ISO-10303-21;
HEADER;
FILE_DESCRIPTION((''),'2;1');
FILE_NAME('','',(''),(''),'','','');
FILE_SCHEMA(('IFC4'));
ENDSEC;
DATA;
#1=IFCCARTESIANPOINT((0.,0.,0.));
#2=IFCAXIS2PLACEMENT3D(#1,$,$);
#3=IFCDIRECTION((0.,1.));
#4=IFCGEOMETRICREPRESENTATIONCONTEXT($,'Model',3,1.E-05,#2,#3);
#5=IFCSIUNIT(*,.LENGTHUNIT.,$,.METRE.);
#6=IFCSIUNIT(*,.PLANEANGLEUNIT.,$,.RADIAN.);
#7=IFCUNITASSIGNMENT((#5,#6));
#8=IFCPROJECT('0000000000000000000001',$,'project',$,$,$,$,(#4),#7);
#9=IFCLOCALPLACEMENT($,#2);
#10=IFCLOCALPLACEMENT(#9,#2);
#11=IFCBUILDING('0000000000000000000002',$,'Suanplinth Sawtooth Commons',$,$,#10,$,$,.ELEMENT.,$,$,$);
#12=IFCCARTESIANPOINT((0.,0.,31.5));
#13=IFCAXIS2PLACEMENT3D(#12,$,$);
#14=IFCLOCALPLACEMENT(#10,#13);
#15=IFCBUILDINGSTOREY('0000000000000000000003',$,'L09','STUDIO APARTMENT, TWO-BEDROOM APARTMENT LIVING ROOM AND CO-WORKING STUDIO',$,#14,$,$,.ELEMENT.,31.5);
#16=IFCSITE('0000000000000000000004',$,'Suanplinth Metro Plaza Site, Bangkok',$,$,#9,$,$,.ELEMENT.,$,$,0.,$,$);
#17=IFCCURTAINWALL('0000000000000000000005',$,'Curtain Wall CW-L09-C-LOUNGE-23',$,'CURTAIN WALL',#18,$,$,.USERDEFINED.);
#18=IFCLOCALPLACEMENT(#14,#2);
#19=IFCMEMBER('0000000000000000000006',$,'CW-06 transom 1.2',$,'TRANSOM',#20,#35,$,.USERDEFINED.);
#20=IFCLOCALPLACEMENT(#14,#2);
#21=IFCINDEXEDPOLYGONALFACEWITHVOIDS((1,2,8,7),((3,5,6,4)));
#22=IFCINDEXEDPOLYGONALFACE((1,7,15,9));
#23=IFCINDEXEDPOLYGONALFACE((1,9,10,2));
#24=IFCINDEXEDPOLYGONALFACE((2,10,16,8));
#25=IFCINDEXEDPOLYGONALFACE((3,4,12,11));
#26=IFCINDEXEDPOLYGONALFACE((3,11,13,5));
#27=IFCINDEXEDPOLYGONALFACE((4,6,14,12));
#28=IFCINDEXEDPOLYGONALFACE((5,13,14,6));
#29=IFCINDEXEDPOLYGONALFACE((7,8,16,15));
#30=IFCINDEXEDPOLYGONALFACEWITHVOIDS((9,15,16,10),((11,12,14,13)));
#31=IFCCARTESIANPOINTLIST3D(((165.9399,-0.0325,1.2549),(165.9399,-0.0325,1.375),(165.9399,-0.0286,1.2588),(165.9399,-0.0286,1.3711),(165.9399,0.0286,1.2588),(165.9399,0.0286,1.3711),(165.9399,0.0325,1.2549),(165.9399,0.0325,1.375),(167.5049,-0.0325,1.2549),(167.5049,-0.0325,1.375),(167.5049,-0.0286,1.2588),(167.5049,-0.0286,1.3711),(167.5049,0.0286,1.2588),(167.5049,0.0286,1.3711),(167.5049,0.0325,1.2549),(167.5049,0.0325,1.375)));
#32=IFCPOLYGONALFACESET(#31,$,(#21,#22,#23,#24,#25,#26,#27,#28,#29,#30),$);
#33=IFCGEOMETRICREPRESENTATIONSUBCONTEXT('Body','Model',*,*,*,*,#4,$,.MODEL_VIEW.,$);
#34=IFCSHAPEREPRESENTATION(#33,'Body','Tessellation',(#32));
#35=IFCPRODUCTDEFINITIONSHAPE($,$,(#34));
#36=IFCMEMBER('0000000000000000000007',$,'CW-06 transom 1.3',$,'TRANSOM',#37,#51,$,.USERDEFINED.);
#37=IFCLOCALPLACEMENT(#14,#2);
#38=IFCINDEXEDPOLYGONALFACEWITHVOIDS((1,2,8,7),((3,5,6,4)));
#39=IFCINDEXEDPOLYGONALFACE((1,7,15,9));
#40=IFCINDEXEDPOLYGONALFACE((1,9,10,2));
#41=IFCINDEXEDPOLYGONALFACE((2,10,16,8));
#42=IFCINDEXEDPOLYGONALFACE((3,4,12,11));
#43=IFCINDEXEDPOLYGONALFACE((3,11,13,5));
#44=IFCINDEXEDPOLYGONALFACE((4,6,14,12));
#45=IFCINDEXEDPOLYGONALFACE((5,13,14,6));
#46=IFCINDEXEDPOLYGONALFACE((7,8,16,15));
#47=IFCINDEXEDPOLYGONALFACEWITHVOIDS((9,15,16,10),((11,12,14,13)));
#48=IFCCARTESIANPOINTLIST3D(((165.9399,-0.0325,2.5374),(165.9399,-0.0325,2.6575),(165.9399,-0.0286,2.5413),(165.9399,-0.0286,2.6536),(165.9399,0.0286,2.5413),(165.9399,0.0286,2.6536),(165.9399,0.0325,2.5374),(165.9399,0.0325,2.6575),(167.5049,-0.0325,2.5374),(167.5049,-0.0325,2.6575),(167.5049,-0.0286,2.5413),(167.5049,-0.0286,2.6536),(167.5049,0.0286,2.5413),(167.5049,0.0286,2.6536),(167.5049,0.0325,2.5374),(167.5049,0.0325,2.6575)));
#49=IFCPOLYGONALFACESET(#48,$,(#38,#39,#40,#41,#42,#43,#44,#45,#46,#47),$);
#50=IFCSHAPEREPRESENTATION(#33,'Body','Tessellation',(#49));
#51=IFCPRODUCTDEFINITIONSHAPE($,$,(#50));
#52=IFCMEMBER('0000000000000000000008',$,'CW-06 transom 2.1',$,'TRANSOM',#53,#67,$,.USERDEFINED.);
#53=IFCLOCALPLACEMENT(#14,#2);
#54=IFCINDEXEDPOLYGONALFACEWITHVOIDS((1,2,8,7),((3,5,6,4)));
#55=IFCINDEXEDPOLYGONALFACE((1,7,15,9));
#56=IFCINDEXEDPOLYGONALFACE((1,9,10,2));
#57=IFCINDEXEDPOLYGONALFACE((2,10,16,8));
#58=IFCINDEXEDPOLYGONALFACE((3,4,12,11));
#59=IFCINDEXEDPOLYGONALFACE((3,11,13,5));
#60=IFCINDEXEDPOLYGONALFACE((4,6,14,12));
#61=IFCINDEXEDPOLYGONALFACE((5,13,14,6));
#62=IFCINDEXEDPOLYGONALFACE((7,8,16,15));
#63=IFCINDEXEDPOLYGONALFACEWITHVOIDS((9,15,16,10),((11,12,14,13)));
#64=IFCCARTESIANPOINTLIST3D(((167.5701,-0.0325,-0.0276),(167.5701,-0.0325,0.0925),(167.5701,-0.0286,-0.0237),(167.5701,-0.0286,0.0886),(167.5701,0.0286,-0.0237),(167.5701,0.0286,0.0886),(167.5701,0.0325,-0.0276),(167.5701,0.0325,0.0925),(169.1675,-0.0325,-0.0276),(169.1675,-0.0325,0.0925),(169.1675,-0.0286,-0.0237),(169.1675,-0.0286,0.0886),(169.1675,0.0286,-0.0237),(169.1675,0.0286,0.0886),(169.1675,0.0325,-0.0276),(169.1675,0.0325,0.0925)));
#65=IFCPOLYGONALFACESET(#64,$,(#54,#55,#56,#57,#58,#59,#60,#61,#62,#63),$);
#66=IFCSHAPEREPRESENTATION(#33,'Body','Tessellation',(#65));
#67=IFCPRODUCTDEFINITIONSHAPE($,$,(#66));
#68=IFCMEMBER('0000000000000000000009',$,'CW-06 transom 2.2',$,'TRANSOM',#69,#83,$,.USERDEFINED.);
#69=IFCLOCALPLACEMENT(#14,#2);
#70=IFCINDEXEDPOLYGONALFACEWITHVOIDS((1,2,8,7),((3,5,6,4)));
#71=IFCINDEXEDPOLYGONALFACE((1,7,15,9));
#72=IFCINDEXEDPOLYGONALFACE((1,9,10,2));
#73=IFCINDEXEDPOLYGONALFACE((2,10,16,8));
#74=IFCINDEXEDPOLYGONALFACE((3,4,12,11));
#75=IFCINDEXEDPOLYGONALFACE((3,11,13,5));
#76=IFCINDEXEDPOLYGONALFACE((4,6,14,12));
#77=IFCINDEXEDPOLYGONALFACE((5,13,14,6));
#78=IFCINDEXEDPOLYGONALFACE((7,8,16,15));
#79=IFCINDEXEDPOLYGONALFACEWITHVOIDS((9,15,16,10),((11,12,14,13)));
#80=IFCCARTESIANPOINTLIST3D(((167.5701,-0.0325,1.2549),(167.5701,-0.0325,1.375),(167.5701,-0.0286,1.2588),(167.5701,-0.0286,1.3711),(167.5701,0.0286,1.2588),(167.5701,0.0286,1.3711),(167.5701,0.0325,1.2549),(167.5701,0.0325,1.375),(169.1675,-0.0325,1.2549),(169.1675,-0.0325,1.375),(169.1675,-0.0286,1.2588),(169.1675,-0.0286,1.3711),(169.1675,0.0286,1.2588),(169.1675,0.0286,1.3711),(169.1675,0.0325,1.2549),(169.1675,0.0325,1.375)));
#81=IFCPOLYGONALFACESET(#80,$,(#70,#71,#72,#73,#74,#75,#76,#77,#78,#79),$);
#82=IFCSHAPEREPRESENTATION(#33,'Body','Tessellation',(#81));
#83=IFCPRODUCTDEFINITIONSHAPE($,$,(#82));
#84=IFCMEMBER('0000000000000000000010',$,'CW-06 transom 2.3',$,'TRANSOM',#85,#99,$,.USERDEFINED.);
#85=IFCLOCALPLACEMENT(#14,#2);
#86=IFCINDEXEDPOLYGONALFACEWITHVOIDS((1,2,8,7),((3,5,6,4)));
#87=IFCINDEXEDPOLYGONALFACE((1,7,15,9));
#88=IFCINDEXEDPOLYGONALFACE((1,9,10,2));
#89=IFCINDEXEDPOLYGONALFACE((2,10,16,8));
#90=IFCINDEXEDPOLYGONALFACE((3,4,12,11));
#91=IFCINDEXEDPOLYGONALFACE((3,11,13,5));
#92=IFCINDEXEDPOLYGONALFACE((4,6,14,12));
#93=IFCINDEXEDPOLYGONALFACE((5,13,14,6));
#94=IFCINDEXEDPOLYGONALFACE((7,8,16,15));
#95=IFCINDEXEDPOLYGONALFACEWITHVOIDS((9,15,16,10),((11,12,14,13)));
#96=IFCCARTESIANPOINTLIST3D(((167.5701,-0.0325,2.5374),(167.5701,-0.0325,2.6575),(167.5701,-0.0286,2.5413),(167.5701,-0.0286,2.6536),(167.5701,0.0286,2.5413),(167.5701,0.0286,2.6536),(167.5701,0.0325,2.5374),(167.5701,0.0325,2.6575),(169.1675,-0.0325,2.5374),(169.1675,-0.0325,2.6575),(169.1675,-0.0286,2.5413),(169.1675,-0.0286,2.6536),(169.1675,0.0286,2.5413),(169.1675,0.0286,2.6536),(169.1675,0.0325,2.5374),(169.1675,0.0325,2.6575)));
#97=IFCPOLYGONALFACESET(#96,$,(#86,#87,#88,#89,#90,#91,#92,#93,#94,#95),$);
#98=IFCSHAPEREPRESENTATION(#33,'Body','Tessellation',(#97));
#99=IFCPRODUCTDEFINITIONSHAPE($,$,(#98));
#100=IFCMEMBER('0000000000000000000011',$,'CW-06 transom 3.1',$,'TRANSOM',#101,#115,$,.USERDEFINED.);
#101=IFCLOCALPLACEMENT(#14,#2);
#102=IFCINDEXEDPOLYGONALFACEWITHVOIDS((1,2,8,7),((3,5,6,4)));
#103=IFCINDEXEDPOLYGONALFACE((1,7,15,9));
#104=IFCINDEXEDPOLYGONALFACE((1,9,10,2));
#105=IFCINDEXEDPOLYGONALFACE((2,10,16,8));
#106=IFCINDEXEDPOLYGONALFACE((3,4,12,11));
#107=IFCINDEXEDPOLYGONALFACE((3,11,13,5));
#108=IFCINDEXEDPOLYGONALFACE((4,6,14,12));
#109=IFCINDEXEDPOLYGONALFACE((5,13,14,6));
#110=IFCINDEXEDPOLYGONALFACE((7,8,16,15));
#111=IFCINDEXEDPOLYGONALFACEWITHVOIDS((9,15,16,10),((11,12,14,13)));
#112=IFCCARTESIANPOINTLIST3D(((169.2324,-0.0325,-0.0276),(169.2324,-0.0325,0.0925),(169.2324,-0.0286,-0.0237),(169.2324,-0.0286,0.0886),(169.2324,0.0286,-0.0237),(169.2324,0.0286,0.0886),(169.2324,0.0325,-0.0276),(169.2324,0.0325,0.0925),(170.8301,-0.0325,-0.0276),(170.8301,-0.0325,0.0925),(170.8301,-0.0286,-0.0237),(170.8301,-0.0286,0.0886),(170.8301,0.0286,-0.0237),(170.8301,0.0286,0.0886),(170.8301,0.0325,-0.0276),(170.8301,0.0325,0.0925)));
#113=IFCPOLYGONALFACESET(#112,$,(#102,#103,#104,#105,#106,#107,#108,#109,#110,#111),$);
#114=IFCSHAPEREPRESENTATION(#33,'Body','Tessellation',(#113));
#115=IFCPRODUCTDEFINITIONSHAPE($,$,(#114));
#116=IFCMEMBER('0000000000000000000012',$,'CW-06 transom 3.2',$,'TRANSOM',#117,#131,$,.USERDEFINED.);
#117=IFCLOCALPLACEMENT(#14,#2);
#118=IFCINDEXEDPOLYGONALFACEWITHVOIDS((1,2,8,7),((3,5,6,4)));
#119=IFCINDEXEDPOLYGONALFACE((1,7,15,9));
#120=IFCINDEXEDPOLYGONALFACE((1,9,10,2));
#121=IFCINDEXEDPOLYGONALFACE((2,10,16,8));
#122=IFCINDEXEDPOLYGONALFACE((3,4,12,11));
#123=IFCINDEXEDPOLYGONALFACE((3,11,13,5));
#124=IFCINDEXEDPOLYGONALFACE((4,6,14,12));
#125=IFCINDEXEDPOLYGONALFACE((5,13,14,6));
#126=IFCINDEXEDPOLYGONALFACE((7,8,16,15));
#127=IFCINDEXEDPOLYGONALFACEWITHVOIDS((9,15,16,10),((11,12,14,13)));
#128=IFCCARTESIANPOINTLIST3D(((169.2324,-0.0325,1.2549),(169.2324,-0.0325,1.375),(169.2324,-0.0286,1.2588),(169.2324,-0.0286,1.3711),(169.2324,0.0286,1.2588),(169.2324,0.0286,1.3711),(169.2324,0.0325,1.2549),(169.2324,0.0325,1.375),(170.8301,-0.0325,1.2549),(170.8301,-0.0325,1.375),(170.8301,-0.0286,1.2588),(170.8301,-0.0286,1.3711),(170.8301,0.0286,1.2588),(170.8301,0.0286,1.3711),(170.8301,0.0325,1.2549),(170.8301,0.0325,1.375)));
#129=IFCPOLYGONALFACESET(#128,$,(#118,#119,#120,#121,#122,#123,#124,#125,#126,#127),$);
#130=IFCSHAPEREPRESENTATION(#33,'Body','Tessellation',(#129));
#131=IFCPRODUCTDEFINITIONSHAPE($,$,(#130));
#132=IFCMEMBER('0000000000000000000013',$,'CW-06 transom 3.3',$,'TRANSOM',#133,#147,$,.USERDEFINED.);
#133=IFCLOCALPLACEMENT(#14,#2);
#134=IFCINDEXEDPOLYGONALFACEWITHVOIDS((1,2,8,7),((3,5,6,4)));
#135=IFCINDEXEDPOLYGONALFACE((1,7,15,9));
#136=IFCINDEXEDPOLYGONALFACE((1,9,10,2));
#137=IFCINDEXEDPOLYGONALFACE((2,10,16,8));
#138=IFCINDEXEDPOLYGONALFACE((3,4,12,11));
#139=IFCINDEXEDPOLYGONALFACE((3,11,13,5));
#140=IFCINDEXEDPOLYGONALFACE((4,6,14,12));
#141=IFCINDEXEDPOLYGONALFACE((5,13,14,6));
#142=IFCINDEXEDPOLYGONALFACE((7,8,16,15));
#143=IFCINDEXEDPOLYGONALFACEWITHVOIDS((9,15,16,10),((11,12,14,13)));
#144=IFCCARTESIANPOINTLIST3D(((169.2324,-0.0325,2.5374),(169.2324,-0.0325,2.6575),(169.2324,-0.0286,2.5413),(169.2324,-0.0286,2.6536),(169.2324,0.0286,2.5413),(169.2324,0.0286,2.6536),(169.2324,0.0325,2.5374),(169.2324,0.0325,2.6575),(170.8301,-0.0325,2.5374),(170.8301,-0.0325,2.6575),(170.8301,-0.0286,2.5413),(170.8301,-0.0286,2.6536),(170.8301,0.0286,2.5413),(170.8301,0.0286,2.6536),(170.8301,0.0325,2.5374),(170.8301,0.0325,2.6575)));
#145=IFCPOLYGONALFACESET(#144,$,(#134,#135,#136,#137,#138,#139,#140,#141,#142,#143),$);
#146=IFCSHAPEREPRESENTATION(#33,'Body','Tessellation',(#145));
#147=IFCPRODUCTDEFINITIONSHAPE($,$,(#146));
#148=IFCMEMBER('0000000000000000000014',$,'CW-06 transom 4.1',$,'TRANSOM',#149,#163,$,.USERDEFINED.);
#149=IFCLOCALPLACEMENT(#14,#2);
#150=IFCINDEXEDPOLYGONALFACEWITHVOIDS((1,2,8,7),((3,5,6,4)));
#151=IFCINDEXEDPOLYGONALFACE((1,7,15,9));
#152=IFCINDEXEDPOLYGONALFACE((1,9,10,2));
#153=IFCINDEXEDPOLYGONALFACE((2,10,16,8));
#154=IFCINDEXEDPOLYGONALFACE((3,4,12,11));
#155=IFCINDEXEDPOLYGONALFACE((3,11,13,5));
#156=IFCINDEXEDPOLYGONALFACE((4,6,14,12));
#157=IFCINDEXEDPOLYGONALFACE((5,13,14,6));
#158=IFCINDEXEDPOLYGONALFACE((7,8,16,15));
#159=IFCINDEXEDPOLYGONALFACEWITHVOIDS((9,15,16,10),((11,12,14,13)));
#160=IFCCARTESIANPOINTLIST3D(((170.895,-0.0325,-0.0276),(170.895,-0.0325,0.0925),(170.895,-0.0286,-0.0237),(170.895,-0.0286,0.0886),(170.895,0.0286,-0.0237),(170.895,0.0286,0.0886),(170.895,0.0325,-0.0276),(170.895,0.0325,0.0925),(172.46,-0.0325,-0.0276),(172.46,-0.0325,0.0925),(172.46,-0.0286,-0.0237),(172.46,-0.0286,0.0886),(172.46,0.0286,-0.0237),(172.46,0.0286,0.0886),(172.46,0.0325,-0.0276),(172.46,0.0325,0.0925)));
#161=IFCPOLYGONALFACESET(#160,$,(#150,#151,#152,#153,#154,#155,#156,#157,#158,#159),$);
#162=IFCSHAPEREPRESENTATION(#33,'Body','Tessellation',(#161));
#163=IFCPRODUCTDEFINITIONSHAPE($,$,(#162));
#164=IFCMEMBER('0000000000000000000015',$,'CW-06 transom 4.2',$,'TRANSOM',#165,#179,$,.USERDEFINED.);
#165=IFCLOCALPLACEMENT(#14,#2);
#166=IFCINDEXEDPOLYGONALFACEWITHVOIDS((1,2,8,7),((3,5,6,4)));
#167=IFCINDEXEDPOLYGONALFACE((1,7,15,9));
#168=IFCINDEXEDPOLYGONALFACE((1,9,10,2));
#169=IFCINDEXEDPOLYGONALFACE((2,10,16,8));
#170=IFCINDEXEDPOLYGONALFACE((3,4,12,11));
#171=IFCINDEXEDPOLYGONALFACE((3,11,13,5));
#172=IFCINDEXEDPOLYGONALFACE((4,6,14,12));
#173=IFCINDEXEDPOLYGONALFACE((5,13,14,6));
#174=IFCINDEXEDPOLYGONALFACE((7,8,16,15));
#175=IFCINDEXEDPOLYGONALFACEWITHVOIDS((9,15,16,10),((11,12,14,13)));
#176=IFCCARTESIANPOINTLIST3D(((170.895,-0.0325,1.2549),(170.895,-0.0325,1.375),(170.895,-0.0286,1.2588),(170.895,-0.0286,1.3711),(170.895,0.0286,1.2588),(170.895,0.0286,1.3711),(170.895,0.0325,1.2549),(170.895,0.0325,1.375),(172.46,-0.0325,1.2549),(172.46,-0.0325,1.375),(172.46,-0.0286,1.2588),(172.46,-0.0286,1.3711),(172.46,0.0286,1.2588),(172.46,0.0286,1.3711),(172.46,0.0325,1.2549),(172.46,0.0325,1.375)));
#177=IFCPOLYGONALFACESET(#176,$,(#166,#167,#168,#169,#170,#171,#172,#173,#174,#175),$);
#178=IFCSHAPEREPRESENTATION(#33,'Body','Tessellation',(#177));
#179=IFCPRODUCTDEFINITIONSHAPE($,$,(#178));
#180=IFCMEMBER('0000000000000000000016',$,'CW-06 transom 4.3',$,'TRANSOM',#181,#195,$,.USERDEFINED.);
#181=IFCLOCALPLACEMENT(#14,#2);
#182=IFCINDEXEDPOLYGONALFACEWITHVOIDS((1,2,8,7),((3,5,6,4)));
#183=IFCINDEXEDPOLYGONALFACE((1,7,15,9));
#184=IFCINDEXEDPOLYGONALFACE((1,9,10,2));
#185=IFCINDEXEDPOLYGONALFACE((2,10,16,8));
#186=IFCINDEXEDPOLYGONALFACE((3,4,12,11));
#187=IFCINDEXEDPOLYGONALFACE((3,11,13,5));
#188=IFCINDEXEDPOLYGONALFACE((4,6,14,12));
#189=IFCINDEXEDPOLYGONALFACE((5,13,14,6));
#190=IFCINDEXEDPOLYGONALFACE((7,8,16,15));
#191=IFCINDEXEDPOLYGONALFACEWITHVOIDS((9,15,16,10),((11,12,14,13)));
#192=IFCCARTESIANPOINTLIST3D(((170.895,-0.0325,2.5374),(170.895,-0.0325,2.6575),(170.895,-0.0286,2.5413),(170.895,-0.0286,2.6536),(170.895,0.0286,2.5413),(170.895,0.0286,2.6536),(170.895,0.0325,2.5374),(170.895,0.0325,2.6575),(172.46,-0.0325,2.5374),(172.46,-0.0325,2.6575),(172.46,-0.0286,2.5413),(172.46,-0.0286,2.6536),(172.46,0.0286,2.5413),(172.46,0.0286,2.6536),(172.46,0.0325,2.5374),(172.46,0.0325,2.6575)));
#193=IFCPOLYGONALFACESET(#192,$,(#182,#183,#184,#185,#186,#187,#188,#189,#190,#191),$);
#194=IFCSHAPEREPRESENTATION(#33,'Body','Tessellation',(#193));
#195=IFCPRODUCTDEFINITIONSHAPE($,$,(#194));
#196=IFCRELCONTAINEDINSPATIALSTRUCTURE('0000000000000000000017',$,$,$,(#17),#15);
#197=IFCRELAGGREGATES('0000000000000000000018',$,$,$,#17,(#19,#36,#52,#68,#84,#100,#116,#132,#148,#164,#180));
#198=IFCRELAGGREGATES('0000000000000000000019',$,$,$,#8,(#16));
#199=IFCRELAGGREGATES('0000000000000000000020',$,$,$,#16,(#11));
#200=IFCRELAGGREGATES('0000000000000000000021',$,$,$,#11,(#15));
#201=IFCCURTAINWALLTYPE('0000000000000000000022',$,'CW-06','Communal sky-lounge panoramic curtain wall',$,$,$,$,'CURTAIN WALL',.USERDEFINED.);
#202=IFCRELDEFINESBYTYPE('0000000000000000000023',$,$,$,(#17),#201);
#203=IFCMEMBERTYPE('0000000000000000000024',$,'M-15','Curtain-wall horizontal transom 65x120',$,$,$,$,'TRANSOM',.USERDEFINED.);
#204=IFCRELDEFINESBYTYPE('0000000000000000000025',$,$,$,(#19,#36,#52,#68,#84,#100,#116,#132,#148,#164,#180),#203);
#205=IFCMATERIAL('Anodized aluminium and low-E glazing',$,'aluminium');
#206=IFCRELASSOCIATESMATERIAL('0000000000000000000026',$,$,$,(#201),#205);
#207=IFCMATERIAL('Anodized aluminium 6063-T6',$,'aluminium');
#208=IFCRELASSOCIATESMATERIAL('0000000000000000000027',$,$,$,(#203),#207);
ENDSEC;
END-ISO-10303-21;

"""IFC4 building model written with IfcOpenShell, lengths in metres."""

from ifc_helpers import new_model, si_unit, direction, frame, origin, origin_2d, place, context, subcontext, project, spatial, hollow_rectangle, extrude, material, material_profile, profile_set, type_object, element, aggregate, save


model = new_model("IFC4")

# Units and contexts
model_context = context("Model", 3, precision=1e-05, world=origin(), true_north=direction((0.0, 1.0)))
body_context = subcontext(model_context, "Body", "Model", "MODEL_VIEW")
ifc_project = project(units=[si_unit("LENGTHUNIT", "METRE"), si_unit("PLANEANGLEUNIT", "RADIAN")], contexts=[model_context])

# Site, building, storey
site_placement = place(None, origin())
site = spatial("IfcSite", under=ifc_project, at=site_placement, Name="Suanplinth Metro Plaza Site, Bangkok", CompositionType="ELEMENT", RefElevation=0.0)
building_placement = place(site_placement, origin())
building = spatial("IfcBuilding", under=site, at=building_placement, Name="Suanplinth Sawtooth Commons", CompositionType="ELEMENT")
storey_placement = place(building_placement, frame((0.0, 0.0, 31.5)))
storey = spatial("IfcBuildingStorey", under=building, at=storey_placement, Name="L09", Description="STUDIO APARTMENT, TWO-BEDROOM APARTMENT LIVING ROOM AND CO-WORKING STUDIO", CompositionType="ELEMENT", Elevation=31.5)

# Curtain wall, members
ifc_material_1 = material(Name="Anodized aluminium and low-E glazing", Category="aluminium")
curtain_wall_type = type_object("IfcCurtainWallType", Name="CW-06", Description="Communal sky-lounge panoramic curtain wall", ElementType="CURTAIN WALL", PredefinedType="USERDEFINED", material=ifc_material_1)
curtain_wall_placement = place(storey_placement, origin())
curtain_wall = element("IfcCurtainWall", 1, at=curtain_wall_placement, inside=storey, type_object=curtain_wall_type, Name="Curtain Wall CW-L09-C-LOUNGE-23", ObjectType="CURTAIN WALL", PredefinedType="USERDEFINED")
ifc_material_2 = material(Name="Anodized aluminium 6063-T6", Category="aluminium")
ifc_material_profile_1 = material_profile(ifc_material_2, hollow_rectangle(XDim=0.0649, YDim=0.1201, WallThickness=0.0039, at=origin_2d()), Name="ALU-TRN 65x120")
ifc_profile_set_1 = profile_set([ifc_material_profile_1], Name="Anodized aluminium 6063-T6")
member_type_1 = type_object("IfcMemberType", Name="M-15", Description="Curtain-wall horizontal transom 65x120", ElementType="TRANSOM", PredefinedType="USERDEFINED", material=ifc_profile_set_1)
member_1_placement = place(storey_placement, frame((165.9399, 0.0, 1.3149), z_axis=(1.0, 0.0, 0.0), x_axis=(0.0, 1.0, 0.0)))
member_1 = element("IfcMember", 2, at=member_1_placement, type_object=member_type_1, Name="CW-06 transom 1.2", ObjectType="TRANSOM", PredefinedType="USERDEFINED", context=body_context, shape_type="SweptSolid", body=[
    extrude(hollow_rectangle(XDim=0.0649, YDim=0.1201, WallThickness=0.0039, at=origin_2d()), origin(), (0.0, 0.0, 1.0), 1.5649),
])
member_2_placement = place(storey_placement, frame((165.9399, 0.0, 2.5974), z_axis=(1.0, 0.0, 0.0), x_axis=(0.0, 1.0, 0.0)))
member_2 = element("IfcMember", 3, at=member_2_placement, type_object=member_type_1, Name="CW-06 transom 1.3", ObjectType="TRANSOM", PredefinedType="USERDEFINED", context=body_context, shape_type="SweptSolid", body=[
    extrude(hollow_rectangle(XDim=0.0649, YDim=0.1201, WallThickness=0.0039, at=origin_2d()), origin(), (0.0, 0.0, 1.0), 1.5649),
])
member_3_placement = place(storey_placement, frame((167.5701, 0.0, 0.0325), z_axis=(1.0, 0.0, 0.0), x_axis=(0.0, 1.0, 0.0)))
member_3 = element("IfcMember", 4, at=member_3_placement, type_object=member_type_1, Name="CW-06 transom 2.1", ObjectType="TRANSOM", PredefinedType="USERDEFINED", context=body_context, shape_type="SweptSolid", body=[
    extrude(hollow_rectangle(XDim=0.0649, YDim=0.1201, WallThickness=0.0039, at=origin_2d()), origin(), (0.0, 0.0, 1.0), 1.5974),
])
member_4_placement = place(storey_placement, frame((167.5701, 0.0, 1.3149), z_axis=(1.0, 0.0, 0.0), x_axis=(0.0, 1.0, 0.0)))
member_4 = element("IfcMember", 5, at=member_4_placement, type_object=member_type_1, Name="CW-06 transom 2.2", ObjectType="TRANSOM", PredefinedType="USERDEFINED", context=body_context, shape_type="SweptSolid", body=[
    extrude(hollow_rectangle(XDim=0.0649, YDim=0.1201, WallThickness=0.0039, at=origin_2d()), origin(), (0.0, 0.0, 1.0), 1.5974),
])
member_5_placement = place(storey_placement, frame((167.5701, 0.0, 2.5974), z_axis=(1.0, 0.0, 0.0), x_axis=(0.0, 1.0, 0.0)))
member_5 = element("IfcMember", 6, at=member_5_placement, type_object=member_type_1, Name="CW-06 transom 2.3", ObjectType="TRANSOM", PredefinedType="USERDEFINED", context=body_context, shape_type="SweptSolid", body=[
    extrude(hollow_rectangle(XDim=0.0649, YDim=0.1201, WallThickness=0.0039, at=origin_2d()), origin(), (0.0, 0.0, 1.0), 1.5974),
])
member_6_placement = place(storey_placement, frame((169.2324, 0.0, 0.0325), z_axis=(1.0, 0.0, 0.0), x_axis=(0.0, 1.0, 0.0)))
member_6 = element("IfcMember", 7, at=member_6_placement, type_object=member_type_1, Name="CW-06 transom 3.1", ObjectType="TRANSOM", PredefinedType="USERDEFINED", context=body_context, shape_type="SweptSolid", body=[
    extrude(hollow_rectangle(XDim=0.0649, YDim=0.1201, WallThickness=0.0039, at=origin_2d()), origin(), (0.0, 0.0, 1.0), 1.5977),
])
member_7_placement = place(storey_placement, frame((169.2324, 0.0, 1.3149), z_axis=(1.0, 0.0, 0.0), x_axis=(0.0, 1.0, 0.0)))
member_7 = element("IfcMember", 8, at=member_7_placement, type_object=member_type_1, Name="CW-06 transom 3.2", ObjectType="TRANSOM", PredefinedType="USERDEFINED", context=body_context, shape_type="SweptSolid", body=[
    extrude(hollow_rectangle(XDim=0.0649, YDim=0.1201, WallThickness=0.0039, at=origin_2d()), origin(), (0.0, 0.0, 1.0), 1.5977),
])
member_8_placement = place(storey_placement, frame((169.2324, 0.0, 2.5974), z_axis=(1.0, 0.0, 0.0), x_axis=(0.0, 1.0, 0.0)))
member_8 = element("IfcMember", 9, at=member_8_placement, type_object=member_type_1, Name="CW-06 transom 3.3", ObjectType="TRANSOM", PredefinedType="USERDEFINED", context=body_context, shape_type="SweptSolid", body=[
    extrude(hollow_rectangle(XDim=0.0649, YDim=0.1201, WallThickness=0.0039, at=origin_2d()), origin(), (0.0, 0.0, 1.0), 1.5977),
])
member_9_placement = place(storey_placement, frame((170.895, 0.0, 0.0325), z_axis=(1.0, 0.0, 0.0), x_axis=(0.0, 1.0, 0.0)))
member_9 = element("IfcMember", 10, at=member_9_placement, type_object=member_type_1, Name="CW-06 transom 4.1", ObjectType="TRANSOM", PredefinedType="USERDEFINED", context=body_context, shape_type="SweptSolid", body=[
    extrude(hollow_rectangle(XDim=0.0649, YDim=0.1201, WallThickness=0.0039, at=origin_2d()), origin(), (0.0, 0.0, 1.0), 1.5649),
])
member_10_placement = place(storey_placement, frame((170.895, 0.0, 1.3149), z_axis=(1.0, 0.0, 0.0), x_axis=(0.0, 1.0, 0.0)))
member_10 = element("IfcMember", 11, at=member_10_placement, type_object=member_type_1, Name="CW-06 transom 4.2", ObjectType="TRANSOM", PredefinedType="USERDEFINED", context=body_context, shape_type="SweptSolid", body=[
    extrude(hollow_rectangle(XDim=0.0649, YDim=0.1201, WallThickness=0.0039, at=origin_2d()), origin(), (0.0, 0.0, 1.0), 1.5649),
])
member_11_placement = place(storey_placement, frame((170.895, 0.0, 2.5974), z_axis=(1.0, 0.0, 0.0), x_axis=(0.0, 1.0, 0.0)))
member_11 = element("IfcMember", 12, at=member_11_placement, type_object=member_type_1, Name="CW-06 transom 4.3", ObjectType="TRANSOM", PredefinedType="USERDEFINED", context=body_context, shape_type="SweptSolid", body=[
    extrude(hollow_rectangle(XDim=0.0649, YDim=0.1201, WallThickness=0.0039, at=origin_2d()), origin(), (0.0, 0.0, 1.0), 1.5649),
])
aggregate(curtain_wall, [member_1, member_2, member_3, member_4, member_5, member_6, member_7, member_8, member_9, member_10, member_11])

save(model, "model.ifc")
